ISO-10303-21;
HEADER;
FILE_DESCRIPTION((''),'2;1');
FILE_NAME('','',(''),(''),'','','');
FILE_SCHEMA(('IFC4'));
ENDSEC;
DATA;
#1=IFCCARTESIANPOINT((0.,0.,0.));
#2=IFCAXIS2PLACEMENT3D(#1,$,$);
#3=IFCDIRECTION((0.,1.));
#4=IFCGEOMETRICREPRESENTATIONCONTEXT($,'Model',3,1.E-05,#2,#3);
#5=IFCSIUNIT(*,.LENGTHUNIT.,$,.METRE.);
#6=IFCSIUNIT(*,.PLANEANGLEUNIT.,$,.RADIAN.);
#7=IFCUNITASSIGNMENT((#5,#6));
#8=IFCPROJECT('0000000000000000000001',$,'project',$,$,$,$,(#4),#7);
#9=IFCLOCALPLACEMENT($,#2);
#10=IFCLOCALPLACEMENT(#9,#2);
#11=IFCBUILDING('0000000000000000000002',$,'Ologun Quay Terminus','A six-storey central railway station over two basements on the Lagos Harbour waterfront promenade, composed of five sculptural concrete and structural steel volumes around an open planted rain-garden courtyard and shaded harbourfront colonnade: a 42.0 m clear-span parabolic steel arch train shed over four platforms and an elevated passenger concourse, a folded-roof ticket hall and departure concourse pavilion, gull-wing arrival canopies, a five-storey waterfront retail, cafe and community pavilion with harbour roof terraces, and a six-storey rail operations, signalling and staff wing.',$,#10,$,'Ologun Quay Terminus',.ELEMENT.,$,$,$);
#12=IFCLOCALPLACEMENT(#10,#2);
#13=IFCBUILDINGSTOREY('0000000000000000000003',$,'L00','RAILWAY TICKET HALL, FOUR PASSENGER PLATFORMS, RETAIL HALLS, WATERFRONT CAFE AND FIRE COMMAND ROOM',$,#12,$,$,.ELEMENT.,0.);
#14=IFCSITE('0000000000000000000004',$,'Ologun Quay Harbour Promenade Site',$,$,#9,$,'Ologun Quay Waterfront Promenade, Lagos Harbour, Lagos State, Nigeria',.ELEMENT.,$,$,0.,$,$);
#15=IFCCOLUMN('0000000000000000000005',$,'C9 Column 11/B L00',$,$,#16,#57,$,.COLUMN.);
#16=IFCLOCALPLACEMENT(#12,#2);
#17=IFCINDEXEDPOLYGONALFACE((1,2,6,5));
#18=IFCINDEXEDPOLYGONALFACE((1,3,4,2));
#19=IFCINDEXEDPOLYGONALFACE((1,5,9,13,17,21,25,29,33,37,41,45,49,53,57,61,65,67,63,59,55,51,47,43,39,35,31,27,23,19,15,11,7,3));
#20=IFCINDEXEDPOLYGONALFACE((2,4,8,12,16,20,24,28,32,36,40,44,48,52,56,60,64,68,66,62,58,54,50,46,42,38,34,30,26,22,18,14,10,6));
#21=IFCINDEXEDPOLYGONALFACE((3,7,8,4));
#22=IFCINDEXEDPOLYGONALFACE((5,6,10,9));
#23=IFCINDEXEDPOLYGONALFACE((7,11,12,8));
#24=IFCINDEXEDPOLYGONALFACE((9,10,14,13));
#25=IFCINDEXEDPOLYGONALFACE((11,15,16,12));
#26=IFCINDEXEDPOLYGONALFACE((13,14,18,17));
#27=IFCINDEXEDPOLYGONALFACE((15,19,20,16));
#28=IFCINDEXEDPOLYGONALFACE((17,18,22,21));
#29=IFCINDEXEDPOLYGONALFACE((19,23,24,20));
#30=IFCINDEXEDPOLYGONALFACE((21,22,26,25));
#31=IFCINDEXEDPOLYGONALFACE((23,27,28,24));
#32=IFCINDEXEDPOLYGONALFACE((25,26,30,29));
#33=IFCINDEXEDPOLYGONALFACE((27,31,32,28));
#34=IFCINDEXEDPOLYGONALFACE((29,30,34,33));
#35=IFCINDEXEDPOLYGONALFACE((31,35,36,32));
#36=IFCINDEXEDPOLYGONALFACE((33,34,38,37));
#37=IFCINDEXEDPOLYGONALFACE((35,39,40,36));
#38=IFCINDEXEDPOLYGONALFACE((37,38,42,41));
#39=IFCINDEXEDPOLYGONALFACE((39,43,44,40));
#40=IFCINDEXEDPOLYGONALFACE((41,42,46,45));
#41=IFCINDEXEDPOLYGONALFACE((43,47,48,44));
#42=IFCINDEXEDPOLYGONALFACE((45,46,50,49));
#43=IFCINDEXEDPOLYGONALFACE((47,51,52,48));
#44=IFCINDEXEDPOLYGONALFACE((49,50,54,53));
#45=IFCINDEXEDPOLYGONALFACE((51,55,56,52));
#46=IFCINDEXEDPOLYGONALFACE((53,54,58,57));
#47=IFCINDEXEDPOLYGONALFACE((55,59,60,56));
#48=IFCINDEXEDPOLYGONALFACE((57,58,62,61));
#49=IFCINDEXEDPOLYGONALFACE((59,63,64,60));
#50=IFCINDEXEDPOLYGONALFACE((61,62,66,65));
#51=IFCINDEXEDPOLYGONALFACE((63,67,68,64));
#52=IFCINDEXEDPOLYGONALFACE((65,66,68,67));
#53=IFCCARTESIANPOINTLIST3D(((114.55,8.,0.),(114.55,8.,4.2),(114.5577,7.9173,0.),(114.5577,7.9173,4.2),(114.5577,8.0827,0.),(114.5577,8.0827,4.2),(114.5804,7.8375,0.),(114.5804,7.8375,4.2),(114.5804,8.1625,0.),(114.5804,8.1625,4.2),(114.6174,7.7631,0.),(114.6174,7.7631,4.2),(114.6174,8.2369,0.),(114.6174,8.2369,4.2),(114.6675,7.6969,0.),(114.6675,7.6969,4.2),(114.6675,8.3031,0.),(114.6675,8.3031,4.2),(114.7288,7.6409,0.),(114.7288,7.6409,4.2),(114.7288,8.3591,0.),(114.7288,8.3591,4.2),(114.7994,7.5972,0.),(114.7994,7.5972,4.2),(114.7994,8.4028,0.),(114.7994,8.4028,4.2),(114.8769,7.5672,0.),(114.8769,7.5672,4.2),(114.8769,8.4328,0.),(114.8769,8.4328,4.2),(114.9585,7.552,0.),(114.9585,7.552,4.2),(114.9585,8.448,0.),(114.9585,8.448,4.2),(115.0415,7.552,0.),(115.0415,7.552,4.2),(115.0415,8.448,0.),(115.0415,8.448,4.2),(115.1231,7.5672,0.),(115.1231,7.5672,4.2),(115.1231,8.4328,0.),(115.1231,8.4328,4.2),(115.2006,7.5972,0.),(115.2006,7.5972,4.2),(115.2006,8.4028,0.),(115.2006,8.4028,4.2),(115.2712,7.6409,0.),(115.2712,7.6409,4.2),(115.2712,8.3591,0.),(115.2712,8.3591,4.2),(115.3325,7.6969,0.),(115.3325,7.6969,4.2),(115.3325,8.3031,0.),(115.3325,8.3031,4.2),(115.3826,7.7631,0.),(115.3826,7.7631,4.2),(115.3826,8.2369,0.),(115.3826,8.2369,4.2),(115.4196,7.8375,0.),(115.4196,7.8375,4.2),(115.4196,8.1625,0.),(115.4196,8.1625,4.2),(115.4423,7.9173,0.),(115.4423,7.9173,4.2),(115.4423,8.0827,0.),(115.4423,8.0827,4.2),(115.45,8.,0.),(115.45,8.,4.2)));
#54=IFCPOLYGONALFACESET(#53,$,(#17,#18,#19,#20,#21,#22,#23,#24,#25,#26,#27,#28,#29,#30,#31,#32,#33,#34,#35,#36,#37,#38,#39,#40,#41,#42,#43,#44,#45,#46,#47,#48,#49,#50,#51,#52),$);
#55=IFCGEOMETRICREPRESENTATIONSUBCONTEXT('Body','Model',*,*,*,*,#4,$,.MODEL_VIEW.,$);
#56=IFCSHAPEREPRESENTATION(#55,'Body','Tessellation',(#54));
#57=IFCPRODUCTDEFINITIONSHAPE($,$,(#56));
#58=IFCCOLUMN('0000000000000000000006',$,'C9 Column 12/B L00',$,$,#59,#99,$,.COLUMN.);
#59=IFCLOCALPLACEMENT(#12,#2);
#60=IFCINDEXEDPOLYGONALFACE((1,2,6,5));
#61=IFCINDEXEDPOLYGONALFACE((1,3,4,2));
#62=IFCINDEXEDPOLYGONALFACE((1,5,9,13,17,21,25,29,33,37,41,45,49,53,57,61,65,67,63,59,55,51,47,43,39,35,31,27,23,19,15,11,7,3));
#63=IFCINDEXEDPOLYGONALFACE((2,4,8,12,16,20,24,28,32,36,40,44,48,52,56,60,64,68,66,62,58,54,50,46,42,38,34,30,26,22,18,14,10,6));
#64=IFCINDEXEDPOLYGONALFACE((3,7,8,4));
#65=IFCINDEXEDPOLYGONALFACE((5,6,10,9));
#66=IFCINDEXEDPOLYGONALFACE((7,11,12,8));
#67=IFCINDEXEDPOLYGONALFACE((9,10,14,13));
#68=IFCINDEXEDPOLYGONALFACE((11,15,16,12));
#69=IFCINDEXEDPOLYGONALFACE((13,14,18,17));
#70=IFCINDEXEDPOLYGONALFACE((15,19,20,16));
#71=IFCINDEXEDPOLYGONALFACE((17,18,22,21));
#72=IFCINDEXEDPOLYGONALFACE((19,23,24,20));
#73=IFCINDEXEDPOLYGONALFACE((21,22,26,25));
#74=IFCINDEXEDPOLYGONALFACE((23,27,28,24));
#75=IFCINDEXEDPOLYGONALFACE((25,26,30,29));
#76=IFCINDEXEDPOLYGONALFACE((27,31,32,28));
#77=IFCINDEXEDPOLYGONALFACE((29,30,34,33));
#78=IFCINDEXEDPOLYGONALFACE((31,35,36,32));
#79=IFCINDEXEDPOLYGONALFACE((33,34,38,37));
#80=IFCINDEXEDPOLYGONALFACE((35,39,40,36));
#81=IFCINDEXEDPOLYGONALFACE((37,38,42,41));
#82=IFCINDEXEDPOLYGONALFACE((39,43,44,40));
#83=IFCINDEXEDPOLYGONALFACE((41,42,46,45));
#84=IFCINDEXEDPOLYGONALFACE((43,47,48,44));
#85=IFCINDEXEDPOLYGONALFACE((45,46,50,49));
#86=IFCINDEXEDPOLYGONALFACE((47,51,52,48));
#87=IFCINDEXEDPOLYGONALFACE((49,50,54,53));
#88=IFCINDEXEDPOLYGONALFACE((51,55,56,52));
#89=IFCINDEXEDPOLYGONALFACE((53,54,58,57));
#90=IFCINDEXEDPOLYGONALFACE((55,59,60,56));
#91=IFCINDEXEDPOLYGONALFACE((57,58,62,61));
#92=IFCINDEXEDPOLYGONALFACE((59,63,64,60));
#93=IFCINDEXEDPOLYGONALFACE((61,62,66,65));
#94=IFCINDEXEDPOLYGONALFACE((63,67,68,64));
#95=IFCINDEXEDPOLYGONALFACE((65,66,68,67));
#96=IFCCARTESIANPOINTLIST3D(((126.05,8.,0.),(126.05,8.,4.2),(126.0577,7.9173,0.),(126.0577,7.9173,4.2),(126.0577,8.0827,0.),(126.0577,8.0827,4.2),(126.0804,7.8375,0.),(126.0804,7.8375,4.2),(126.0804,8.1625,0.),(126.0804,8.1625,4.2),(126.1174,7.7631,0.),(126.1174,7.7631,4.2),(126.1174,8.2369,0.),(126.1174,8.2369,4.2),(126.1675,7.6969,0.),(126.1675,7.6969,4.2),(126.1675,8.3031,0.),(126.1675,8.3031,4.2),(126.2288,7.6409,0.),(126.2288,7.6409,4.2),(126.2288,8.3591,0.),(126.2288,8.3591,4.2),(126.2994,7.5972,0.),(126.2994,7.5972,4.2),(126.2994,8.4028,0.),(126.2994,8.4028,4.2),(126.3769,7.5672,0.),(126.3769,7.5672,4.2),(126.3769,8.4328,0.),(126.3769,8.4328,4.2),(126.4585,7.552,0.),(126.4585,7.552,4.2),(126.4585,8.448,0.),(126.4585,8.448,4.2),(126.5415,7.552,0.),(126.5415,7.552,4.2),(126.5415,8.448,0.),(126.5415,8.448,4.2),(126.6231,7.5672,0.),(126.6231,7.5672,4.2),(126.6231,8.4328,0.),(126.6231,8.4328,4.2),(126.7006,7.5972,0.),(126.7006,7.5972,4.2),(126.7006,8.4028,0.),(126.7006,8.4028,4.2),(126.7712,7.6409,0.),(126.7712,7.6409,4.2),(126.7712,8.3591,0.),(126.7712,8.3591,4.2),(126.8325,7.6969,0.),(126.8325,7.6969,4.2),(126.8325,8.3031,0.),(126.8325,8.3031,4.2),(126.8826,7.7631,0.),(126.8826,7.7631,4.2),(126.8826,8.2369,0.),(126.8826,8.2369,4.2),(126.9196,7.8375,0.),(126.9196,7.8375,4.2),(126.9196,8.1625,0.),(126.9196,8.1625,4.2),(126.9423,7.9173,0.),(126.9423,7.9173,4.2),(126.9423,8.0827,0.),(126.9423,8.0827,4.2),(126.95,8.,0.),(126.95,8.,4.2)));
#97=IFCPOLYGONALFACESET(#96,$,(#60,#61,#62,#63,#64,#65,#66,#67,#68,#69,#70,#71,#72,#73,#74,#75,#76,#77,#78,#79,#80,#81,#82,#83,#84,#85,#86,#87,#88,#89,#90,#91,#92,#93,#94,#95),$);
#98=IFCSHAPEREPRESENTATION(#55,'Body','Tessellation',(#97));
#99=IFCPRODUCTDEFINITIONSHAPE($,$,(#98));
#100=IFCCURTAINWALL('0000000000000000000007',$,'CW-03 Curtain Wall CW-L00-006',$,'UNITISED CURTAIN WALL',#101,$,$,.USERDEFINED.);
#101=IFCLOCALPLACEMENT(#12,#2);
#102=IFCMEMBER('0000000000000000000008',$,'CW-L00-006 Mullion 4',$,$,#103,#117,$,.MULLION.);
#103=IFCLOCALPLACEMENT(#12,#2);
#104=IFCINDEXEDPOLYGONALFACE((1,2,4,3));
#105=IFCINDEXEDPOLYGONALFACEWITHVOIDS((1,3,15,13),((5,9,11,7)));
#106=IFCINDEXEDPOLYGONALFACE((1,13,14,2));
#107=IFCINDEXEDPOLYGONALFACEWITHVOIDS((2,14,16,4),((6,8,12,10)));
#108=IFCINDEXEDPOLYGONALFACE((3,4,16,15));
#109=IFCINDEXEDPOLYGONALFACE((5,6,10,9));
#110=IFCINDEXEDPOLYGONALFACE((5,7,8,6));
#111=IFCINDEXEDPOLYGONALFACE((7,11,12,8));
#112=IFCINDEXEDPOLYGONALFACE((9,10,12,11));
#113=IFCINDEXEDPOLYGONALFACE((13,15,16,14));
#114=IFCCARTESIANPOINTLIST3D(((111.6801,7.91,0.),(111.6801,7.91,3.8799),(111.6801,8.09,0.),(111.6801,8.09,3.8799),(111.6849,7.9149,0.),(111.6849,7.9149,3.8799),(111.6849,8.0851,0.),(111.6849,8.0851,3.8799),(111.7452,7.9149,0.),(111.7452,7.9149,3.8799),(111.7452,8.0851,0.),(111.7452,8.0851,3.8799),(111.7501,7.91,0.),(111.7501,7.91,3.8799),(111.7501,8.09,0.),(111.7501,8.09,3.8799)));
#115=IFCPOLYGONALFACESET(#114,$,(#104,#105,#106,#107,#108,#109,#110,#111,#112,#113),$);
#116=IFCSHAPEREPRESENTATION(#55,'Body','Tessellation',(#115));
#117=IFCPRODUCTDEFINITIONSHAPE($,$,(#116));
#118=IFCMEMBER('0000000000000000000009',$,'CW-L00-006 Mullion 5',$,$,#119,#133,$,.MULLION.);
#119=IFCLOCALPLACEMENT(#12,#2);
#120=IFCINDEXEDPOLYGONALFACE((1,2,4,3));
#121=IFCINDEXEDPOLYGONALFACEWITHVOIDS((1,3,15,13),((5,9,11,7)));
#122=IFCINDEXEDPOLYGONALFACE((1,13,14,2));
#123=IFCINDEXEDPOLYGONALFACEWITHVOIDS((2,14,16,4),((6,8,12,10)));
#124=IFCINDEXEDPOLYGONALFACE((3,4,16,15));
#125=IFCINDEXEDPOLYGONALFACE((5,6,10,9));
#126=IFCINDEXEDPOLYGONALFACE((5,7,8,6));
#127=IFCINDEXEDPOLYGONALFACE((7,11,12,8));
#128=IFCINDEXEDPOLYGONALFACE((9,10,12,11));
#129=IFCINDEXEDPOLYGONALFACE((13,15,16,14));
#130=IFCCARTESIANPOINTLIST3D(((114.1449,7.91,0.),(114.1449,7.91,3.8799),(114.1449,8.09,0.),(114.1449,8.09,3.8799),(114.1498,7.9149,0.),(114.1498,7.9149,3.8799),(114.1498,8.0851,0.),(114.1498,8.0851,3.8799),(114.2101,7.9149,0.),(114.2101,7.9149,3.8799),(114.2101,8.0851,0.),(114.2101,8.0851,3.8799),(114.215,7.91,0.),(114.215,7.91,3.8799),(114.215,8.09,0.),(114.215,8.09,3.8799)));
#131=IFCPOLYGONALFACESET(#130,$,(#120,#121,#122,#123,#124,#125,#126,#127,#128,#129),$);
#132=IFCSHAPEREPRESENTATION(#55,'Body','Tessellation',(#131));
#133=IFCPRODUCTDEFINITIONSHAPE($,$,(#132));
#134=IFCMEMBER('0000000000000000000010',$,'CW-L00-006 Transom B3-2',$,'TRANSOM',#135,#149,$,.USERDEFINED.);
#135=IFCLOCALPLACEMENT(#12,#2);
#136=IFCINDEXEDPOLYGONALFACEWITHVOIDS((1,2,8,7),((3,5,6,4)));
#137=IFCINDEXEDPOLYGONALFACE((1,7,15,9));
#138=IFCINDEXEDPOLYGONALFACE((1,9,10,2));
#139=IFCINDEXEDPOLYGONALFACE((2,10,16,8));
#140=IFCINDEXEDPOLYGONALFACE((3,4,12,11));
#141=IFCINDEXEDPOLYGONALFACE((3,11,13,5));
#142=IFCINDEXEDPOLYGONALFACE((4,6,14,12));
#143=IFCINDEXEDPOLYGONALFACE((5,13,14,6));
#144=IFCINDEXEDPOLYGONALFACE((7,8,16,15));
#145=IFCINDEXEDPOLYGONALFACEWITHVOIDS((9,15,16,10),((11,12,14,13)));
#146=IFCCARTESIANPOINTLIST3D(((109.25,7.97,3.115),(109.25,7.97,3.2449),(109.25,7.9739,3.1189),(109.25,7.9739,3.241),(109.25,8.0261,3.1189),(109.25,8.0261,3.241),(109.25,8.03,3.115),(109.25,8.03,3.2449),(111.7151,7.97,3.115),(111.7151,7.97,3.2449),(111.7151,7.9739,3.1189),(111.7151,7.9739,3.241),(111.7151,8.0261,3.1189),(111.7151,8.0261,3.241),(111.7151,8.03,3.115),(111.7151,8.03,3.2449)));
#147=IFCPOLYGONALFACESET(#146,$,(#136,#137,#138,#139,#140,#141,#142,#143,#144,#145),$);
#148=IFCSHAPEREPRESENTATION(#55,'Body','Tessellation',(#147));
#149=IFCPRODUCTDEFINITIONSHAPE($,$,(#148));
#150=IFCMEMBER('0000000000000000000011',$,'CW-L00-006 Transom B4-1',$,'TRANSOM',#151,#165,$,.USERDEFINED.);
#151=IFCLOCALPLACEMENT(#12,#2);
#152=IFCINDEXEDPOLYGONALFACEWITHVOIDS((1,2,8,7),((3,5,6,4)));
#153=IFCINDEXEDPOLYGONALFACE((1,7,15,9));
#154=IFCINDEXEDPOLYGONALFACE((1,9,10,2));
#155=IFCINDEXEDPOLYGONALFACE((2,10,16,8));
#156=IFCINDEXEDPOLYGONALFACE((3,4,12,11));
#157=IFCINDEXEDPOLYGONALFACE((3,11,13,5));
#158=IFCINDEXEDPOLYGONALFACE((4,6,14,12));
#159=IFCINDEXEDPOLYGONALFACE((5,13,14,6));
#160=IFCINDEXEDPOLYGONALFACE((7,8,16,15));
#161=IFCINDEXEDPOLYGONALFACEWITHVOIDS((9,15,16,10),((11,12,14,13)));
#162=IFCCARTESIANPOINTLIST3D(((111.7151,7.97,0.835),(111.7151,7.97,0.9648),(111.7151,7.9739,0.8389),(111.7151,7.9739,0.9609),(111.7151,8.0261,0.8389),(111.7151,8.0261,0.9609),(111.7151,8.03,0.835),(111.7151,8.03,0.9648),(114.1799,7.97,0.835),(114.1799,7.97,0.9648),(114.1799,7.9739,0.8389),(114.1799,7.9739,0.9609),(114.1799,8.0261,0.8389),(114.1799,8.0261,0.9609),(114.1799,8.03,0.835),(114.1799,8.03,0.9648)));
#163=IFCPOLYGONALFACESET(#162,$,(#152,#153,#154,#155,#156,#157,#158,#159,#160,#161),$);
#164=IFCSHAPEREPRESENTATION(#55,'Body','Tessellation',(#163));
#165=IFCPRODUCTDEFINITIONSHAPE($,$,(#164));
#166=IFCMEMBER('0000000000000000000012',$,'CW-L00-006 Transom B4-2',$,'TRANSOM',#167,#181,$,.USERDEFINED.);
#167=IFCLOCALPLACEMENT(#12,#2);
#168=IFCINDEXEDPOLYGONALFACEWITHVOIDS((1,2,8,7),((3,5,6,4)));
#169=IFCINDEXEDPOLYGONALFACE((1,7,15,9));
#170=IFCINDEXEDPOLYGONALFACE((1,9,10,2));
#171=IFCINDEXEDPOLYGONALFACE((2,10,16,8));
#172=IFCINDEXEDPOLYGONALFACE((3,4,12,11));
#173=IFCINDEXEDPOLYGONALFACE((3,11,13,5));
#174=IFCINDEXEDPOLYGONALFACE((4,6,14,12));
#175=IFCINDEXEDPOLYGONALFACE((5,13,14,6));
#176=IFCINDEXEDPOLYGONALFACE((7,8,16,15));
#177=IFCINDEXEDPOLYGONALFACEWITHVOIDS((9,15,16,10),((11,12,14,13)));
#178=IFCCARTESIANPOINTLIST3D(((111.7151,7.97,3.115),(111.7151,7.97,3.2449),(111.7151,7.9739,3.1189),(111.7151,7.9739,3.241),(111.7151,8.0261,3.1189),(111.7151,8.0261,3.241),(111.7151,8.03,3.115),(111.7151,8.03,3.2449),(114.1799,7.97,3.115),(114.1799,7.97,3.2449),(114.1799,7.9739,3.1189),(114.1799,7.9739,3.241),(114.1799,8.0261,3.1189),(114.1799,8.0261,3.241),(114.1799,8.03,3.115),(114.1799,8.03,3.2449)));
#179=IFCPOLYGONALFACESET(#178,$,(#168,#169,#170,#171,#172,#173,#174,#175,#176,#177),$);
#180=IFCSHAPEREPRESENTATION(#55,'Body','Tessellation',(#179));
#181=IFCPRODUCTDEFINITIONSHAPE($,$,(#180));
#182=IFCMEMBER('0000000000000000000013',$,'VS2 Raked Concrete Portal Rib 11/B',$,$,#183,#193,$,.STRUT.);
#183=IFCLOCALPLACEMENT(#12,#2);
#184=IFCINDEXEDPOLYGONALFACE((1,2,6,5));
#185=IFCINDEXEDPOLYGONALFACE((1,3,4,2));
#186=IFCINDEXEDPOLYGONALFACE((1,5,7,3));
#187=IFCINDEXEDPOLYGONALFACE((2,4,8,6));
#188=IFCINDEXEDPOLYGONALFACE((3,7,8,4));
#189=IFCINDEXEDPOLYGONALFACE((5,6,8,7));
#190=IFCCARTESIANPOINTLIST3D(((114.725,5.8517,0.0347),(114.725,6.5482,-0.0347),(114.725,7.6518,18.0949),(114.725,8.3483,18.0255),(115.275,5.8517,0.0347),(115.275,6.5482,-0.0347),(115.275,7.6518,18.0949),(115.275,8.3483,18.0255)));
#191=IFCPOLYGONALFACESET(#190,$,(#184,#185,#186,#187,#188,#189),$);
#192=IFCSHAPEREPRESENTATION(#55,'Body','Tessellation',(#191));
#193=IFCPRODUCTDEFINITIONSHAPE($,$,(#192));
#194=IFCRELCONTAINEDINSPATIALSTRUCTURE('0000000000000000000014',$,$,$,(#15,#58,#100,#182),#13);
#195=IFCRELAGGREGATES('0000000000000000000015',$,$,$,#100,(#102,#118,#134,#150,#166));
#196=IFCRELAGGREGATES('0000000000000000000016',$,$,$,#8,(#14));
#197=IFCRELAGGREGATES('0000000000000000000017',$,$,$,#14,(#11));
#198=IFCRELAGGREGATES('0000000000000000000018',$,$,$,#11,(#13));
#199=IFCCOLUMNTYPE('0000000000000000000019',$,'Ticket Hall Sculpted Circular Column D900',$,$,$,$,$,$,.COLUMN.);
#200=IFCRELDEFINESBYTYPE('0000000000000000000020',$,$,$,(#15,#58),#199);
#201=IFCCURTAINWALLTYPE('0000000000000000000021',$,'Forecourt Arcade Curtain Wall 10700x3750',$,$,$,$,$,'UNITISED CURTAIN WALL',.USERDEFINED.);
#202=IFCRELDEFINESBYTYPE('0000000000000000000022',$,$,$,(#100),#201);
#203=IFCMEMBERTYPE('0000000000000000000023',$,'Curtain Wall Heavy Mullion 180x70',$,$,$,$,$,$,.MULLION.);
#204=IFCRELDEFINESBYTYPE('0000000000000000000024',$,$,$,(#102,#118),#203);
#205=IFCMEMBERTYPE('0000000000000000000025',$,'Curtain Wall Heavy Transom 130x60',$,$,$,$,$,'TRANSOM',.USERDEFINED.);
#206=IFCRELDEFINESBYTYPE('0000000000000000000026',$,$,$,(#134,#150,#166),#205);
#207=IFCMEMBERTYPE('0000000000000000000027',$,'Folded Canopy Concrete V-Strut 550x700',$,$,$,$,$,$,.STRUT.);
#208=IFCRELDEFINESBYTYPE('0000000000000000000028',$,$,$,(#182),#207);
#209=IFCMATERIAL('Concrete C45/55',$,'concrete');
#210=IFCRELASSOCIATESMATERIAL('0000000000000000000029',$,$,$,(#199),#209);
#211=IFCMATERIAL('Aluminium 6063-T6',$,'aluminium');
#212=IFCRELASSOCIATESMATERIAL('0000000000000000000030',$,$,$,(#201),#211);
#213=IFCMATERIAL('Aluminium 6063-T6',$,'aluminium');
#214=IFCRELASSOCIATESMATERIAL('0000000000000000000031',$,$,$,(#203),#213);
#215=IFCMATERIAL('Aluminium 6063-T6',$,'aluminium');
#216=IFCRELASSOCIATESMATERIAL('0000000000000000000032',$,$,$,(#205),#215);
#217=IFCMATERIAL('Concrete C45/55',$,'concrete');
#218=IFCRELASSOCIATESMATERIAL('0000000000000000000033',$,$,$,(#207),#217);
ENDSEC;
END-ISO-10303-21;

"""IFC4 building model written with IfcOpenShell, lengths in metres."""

from ifc_helpers import new_model, si_unit, direction, frame, origin, origin_2d, place, context, subcontext, project, spatial, rectangle, hollow_rectangle, circle, extrude, material, material_profile, profile_set, type_object, element, aggregate, save


model = new_model("IFC4")

# Units and contexts
model_context = context("Model", 3, precision=1e-05, world=origin(), true_north=direction((0.0, 1.0)))
body_context = subcontext(model_context, "Body", "Model", "MODEL_VIEW")
ifc_project = project(units=[si_unit("LENGTHUNIT", "METRE"), si_unit("PLANEANGLEUNIT", "RADIAN")], contexts=[model_context])

# Site, building, storey
site_placement = place(None, origin())
site = spatial("IfcSite", under=ifc_project, at=site_placement, Name="Ologun Quay Harbour Promenade Site", LongName="Ologun Quay Waterfront Promenade, Lagos Harbour, Lagos State, Nigeria", CompositionType="ELEMENT", RefElevation=0.0)
building_placement = place(site_placement, origin())
building = spatial("IfcBuilding", under=site, at=building_placement, Name="Ologun Quay Terminus", Description="A six-storey central railway station over two basements on the Lagos Harbour waterfront promenade, composed of five sculptural concrete and structural steel volumes around an open planted rain-garden courtyard and shaded harbourfront colonnade: a 42.0 m clear-span parabolic steel arch train shed over four platforms and an elevated passenger concourse, a folded-roof ticket hall and departure concourse pavilion, gull-wing arrival canopies, a five-storey waterfront retail, cafe and community pavilion with harbour roof terraces, and a six-storey rail operations, signalling and staff wing.", LongName="Ologun Quay Terminus", CompositionType="ELEMENT")
storey_placement = place(building_placement, origin())
storey = spatial("IfcBuildingStorey", under=building, at=storey_placement, Name="L00", Description="RAILWAY TICKET HALL, FOUR PASSENGER PLATFORMS, RETAIL HALLS, WATERFRONT CAFE AND FIRE COMMAND ROOM", CompositionType="ELEMENT", Elevation=0.0)

# Columns
ifc_material_1 = material(Name="Concrete C45/55", Category="concrete")
ifc_material_profile_1 = material_profile(ifc_material_1, circle(Radius=0.45, at=origin_2d()), Name="RC D900")
ifc_profile_set_1 = profile_set([ifc_material_profile_1], Name="Concrete C45/55")
column_type = type_object("IfcColumnType", Name="Ticket Hall Sculpted Circular Column D900", PredefinedType="COLUMN", material=ifc_profile_set_1)
for number, where, z_axis, x_axis, name in (
    (1, (115.0, 8.0, 0.0), (0.0, 0.0, 1.0), (1.0, 0.0, 0.0), "C9 Column 11/B L00"),
    (2, (126.5, 8.0, 0.0), (0.0, 0.0, 1.0), (1.0, 0.0, 0.0), "C9 Column 12/B L00"),
):
    element("IfcColumn", number, at=place(storey_placement, frame(where, z_axis=z_axis, x_axis=x_axis)), inside=storey, type_object=column_type, Name=name, PredefinedType="COLUMN", context=body_context, shape_type="SweptSolid", body=[
        extrude(circle(Radius=0.45, at=origin_2d()), origin(), (0.0, 0.0, 1.0), 4.2),
    ])

# Curtain wall, members
ifc_material_2 = material(Name="Aluminium 6063-T6", Category="aluminium")
curtain_wall_type = type_object("IfcCurtainWallType", Name="Forecourt Arcade Curtain Wall 10700x3750", ElementType="UNITISED CURTAIN WALL", PredefinedType="USERDEFINED", material=ifc_material_2)
curtain_wall_placement = place(storey_placement, origin())
curtain_wall = element("IfcCurtainWall", 3, at=curtain_wall_placement, inside=storey, type_object=curtain_wall_type, Name="CW-03 Curtain Wall CW-L00-006", ObjectType="UNITISED CURTAIN WALL", PredefinedType="USERDEFINED")
ifc_material_3 = material(Name="Aluminium 6063-T6", Category="aluminium")
ifc_material_profile_2 = material_profile(ifc_material_3, hollow_rectangle(XDim=0.0701, YDim=0.1799, WallThickness=0.0049, at=origin_2d()), Name="ALU 180x70x5")
ifc_profile_set_2 = profile_set([ifc_material_profile_2], Name="Aluminium 6063-T6")
member_type_1 = type_object("IfcMemberType", Name="Curtain Wall Heavy Mullion 180x70", PredefinedType="MULLION", material=ifc_profile_set_2)
member_1_placement = place(storey_placement, frame((111.7151, 8.0, 0.0), z_axis=(0.0, 0.0, 1.0), x_axis=(1.0, 0.0, 0.0)))
member_1 = element("IfcMember", 4, at=member_1_placement, type_object=member_type_1, Name="CW-L00-006 Mullion 4", PredefinedType="MULLION", context=body_context, shape_type="SweptSolid", body=[
    extrude(hollow_rectangle(XDim=0.0701, YDim=0.1799, WallThickness=0.0049, at=origin_2d()), origin(), (0.0, 0.0, 1.0), 3.8799),
])
member_2_placement = place(storey_placement, frame((114.1799, 8.0, 0.0), z_axis=(0.0, 0.0, 1.0), x_axis=(1.0, 0.0, 0.0)))
member_2 = element("IfcMember", 5, at=member_2_placement, type_object=member_type_1, Name="CW-L00-006 Mullion 5", PredefinedType="MULLION", context=body_context, shape_type="SweptSolid", body=[
    extrude(hollow_rectangle(XDim=0.0701, YDim=0.1799, WallThickness=0.0049, at=origin_2d()), origin(), (0.0, 0.0, 1.0), 3.8799),
])
ifc_material_4 = material(Name="Aluminium 6063-T6", Category="aluminium")
ifc_material_profile_3 = material_profile(ifc_material_4, hollow_rectangle(XDim=0.0601, YDim=0.1299, WallThickness=0.0039, at=origin_2d()), Name="ALU 130x60x4")
ifc_profile_set_3 = profile_set([ifc_material_profile_3], Name="Aluminium 6063-T6")
member_type_2 = type_object("IfcMemberType", Name="Curtain Wall Heavy Transom 130x60", ElementType="TRANSOM", PredefinedType="USERDEFINED", material=ifc_profile_set_3)
member_3_placement = place(storey_placement, frame((109.25, 8.0, 3.1799), z_axis=(1.0, 0.0, 0.0), x_axis=(0.0, 1.0, 0.0)))
member_3 = element("IfcMember", 6, at=member_3_placement, type_object=member_type_2, Name="CW-L00-006 Transom B3-2", ObjectType="TRANSOM", PredefinedType="USERDEFINED", context=body_context, shape_type="SweptSolid", body=[
    extrude(hollow_rectangle(XDim=0.0601, YDim=0.1299, WallThickness=0.0039, at=origin_2d()), origin(), (0.0, 0.0, 1.0), 2.4651),
])
member_4_placement = place(storey_placement, frame((111.7151, 8.0, 0.8999), z_axis=(1.0, 0.0, 0.0), x_axis=(0.0, 1.0, 0.0)))
member_4 = element("IfcMember", 7, at=member_4_placement, type_object=member_type_2, Name="CW-L00-006 Transom B4-1", ObjectType="TRANSOM", PredefinedType="USERDEFINED", context=body_context, shape_type="SweptSolid", body=[
    extrude(hollow_rectangle(XDim=0.0601, YDim=0.1299, WallThickness=0.0039, at=origin_2d()), origin(), (0.0, 0.0, 1.0), 2.4648),
])
member_5_placement = place(storey_placement, frame((111.7151, 8.0, 3.1799), z_axis=(1.0, 0.0, 0.0), x_axis=(0.0, 1.0, 0.0)))
member_5 = element("IfcMember", 8, at=member_5_placement, type_object=member_type_2, Name="CW-L00-006 Transom B4-2", ObjectType="TRANSOM", PredefinedType="USERDEFINED", context=body_context, shape_type="SweptSolid", body=[
    extrude(hollow_rectangle(XDim=0.0601, YDim=0.1299, WallThickness=0.0039, at=origin_2d()), origin(), (0.0, 0.0, 1.0), 2.4648),
])

# Member
ifc_material_5 = material(Name="Concrete C45/55", Category="concrete")
ifc_material_profile_4 = material_profile(ifc_material_5, rectangle(XDim=0.55, YDim=0.7, at=origin_2d()), Name="RC 550x700")
ifc_profile_set_4 = profile_set([ifc_material_profile_4], Name="Concrete C45/55")
member_type_3 = type_object("IfcMemberType", Name="Folded Canopy Concrete V-Strut 550x700", PredefinedType="STRUT", material=ifc_profile_set_4)
for number, where, z_axis, x_axis, name in (
    (9, (115.0, 6.2, 0.0), (0.0, 0.099179, 0.99507), (-1.0, 0.0, 0.0), "VS2 Raked Concrete Portal Rib 11/B"),
):
    element("IfcMember", number, at=place(storey_placement, frame(where, z_axis=z_axis, x_axis=x_axis)), inside=storey, type_object=member_type_3, Name=name, PredefinedType="STRUT", context=body_context, shape_type="SweptSolid", body=[
        extrude(rectangle(XDim=0.55, YDim=0.7, at=origin_2d()), origin(), (0.0, 0.0, 1.0), 18.1497),
    ])

aggregate(curtain_wall, [member_1, member_2, member_3, member_4, member_5])

save(model, "model.ifc")
